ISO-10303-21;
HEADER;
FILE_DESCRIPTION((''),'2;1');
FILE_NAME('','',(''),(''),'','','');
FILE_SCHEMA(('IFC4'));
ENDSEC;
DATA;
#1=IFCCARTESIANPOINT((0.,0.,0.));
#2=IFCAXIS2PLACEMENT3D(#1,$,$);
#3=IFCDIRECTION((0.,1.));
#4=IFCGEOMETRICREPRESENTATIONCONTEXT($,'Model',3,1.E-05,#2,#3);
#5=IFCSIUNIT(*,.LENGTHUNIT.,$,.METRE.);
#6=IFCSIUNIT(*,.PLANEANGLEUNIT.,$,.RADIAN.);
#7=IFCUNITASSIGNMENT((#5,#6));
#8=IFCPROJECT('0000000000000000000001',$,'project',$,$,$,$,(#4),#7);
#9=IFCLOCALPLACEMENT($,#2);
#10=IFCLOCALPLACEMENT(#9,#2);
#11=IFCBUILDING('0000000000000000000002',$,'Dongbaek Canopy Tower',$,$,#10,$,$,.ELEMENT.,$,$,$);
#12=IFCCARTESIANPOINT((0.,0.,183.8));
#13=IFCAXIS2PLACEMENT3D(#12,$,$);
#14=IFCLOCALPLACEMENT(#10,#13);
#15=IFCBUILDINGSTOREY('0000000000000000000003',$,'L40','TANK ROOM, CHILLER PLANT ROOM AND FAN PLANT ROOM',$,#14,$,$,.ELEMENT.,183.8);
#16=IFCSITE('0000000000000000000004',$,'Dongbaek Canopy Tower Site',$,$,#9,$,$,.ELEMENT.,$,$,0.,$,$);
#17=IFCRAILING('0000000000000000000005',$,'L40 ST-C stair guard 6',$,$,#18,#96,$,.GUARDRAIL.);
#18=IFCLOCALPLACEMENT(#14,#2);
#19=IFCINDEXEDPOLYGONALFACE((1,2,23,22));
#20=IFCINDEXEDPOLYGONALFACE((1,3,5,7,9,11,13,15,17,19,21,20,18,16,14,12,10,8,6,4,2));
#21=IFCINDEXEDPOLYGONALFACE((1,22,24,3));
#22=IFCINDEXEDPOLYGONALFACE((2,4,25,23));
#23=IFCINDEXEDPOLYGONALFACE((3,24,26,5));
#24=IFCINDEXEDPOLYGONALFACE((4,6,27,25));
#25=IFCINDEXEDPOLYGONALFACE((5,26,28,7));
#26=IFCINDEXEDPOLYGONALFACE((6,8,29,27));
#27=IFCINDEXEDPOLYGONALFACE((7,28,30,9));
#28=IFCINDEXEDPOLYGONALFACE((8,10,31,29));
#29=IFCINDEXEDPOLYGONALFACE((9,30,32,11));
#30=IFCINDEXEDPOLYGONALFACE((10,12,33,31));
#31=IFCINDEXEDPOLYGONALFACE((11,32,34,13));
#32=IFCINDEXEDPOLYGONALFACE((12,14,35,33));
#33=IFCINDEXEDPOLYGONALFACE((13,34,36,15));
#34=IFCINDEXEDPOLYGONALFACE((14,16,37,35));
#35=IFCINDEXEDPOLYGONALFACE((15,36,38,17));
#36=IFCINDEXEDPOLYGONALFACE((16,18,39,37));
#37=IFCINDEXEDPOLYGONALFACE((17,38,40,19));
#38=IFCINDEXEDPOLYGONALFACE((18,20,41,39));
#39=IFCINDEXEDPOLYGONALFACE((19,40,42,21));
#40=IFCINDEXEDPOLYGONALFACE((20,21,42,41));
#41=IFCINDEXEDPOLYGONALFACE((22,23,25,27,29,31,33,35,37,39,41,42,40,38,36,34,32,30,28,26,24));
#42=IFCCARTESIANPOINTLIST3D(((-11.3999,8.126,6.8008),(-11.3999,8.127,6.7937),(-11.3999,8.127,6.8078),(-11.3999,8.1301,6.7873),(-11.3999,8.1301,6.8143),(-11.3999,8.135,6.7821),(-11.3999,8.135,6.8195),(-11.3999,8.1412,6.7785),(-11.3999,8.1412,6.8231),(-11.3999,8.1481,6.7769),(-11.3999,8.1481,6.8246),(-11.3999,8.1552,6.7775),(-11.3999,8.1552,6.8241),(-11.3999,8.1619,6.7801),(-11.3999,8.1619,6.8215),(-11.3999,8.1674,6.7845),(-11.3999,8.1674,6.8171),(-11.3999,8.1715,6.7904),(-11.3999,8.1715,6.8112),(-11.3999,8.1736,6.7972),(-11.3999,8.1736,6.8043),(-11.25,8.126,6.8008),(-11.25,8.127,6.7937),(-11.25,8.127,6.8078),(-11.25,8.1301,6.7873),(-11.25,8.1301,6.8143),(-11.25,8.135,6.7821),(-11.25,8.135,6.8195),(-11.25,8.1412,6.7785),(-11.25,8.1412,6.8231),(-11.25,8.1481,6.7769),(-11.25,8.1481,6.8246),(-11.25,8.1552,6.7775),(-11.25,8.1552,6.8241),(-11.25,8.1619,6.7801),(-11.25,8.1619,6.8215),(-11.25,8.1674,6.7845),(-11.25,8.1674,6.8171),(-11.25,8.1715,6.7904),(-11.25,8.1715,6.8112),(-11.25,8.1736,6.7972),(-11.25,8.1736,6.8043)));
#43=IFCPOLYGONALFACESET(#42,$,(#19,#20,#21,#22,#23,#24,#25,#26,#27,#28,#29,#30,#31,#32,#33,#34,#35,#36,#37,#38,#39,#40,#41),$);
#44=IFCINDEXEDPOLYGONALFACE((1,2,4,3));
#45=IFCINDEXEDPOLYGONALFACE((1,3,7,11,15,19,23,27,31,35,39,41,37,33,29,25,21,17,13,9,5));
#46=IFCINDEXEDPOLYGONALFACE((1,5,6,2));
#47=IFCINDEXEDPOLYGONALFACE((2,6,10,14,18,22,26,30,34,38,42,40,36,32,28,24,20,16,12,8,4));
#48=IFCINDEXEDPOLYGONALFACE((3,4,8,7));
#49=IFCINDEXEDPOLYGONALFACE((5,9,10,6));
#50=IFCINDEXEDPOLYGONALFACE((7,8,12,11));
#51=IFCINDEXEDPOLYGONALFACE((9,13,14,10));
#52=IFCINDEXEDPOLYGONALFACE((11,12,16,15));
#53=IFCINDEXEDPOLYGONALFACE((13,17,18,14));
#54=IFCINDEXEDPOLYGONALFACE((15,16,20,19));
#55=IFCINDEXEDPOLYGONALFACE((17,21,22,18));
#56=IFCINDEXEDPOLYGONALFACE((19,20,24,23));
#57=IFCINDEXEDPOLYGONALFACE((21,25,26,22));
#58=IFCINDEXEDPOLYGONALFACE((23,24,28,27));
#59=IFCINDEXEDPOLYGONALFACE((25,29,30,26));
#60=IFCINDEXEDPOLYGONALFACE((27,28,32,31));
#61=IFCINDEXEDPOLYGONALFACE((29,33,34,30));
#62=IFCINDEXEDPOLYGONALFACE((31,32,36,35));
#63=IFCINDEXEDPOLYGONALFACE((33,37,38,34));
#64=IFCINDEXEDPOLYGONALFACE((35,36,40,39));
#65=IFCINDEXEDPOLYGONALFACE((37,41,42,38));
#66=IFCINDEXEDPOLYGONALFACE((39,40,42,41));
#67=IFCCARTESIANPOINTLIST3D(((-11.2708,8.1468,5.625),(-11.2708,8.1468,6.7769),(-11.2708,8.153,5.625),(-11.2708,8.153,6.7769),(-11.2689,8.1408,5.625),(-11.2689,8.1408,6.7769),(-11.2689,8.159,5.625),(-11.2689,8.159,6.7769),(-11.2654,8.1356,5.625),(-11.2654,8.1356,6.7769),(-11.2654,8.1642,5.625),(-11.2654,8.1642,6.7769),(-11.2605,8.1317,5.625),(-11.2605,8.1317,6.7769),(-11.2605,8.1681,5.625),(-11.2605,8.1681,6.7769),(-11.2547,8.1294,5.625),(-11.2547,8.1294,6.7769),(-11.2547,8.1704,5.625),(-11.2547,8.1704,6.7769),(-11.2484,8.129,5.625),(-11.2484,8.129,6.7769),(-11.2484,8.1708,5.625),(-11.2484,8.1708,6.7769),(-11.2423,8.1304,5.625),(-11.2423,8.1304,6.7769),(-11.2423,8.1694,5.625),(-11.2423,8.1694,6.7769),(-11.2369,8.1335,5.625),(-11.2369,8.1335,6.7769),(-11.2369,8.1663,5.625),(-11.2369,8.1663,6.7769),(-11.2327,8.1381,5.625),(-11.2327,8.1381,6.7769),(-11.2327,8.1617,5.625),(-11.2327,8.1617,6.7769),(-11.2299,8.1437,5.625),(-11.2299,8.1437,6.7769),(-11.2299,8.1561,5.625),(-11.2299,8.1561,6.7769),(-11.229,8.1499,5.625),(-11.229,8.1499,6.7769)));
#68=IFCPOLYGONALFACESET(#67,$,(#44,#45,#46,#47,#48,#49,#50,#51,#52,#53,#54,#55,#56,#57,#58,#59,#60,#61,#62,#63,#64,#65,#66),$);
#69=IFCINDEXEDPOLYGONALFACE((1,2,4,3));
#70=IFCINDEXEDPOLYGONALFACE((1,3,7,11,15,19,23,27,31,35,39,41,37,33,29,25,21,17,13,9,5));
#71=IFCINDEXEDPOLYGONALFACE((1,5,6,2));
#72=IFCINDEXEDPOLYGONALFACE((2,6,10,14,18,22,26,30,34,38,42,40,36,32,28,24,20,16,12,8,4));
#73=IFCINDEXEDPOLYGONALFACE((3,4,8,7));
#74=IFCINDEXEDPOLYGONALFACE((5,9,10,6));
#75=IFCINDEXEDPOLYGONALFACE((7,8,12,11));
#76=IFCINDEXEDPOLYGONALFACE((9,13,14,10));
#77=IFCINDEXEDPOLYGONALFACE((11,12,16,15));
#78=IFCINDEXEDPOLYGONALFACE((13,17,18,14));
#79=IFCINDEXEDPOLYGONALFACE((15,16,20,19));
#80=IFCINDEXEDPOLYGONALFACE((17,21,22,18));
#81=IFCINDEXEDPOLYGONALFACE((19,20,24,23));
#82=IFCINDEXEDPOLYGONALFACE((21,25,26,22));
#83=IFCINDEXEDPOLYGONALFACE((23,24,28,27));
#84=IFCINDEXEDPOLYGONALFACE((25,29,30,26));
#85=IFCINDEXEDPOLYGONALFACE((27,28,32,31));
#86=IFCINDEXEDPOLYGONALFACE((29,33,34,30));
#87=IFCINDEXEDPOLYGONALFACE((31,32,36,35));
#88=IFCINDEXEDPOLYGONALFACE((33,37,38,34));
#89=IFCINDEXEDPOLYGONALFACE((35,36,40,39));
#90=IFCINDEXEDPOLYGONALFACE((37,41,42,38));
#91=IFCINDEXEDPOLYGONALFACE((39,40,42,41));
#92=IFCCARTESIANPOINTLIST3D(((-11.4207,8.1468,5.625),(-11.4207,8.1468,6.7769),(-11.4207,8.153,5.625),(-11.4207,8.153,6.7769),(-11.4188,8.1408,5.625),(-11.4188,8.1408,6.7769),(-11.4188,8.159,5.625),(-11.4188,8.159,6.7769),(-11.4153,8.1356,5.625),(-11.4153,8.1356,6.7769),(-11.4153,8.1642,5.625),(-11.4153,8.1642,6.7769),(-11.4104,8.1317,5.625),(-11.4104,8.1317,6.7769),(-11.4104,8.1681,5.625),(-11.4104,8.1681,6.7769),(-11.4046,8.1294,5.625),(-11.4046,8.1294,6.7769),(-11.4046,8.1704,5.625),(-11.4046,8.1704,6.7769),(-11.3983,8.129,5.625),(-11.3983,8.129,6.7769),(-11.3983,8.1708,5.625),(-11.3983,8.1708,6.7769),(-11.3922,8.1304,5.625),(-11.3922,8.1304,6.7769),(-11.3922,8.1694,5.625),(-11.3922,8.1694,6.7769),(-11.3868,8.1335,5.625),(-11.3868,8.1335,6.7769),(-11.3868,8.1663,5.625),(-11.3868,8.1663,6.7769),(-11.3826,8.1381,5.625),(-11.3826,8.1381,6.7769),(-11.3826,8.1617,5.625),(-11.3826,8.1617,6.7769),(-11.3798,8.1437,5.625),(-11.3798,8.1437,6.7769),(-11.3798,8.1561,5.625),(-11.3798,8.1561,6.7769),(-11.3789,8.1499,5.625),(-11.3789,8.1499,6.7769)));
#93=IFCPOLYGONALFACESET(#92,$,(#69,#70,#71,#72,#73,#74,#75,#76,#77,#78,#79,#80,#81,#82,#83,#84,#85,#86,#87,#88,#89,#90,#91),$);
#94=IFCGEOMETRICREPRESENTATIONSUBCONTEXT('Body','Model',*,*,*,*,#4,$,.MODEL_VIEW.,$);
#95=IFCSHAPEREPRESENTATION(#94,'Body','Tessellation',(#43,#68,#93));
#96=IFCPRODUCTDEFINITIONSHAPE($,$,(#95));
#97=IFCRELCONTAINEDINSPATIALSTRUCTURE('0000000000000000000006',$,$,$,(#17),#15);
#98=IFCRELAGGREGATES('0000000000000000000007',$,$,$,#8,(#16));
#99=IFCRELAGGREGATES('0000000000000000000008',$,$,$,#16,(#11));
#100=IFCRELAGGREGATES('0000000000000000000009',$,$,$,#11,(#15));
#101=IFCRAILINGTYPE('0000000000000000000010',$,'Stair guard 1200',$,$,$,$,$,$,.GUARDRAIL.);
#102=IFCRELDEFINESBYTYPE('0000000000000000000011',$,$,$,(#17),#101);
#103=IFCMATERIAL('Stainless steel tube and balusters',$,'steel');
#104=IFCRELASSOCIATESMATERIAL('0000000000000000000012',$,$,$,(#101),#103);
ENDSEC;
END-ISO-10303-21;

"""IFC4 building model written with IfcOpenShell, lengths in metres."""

from ifc_helpers import new_model, si_unit, direction, frame, origin, origin_2d, place, context, subcontext, project, spatial, circle, extrude, material, type_object, element, save


model = new_model("IFC4")

# Units and contexts
model_context = context("Model", 3, precision=1e-05, world=origin(), true_north=direction((0.0, 1.0)))
body_context = subcontext(model_context, "Body", "Model", "MODEL_VIEW")
ifc_project = project(units=[si_unit("LENGTHUNIT", "METRE"), si_unit("PLANEANGLEUNIT", "RADIAN")], contexts=[model_context])

# Site, building, storey
site_placement = place(None, origin())
site = spatial("IfcSite", under=ifc_project, at=site_placement, Name="Dongbaek Canopy Tower Site", CompositionType="ELEMENT", RefElevation=0.0)
building_placement = place(site_placement, origin())
building = spatial("IfcBuilding", under=site, at=building_placement, Name="Dongbaek Canopy Tower", CompositionType="ELEMENT")
storey_placement = place(building_placement, frame((0.0, 0.0, 183.8)))
storey = spatial("IfcBuildingStorey", under=building, at=storey_placement, Name="L40", Description="TANK ROOM, CHILLER PLANT ROOM AND FAN PLANT ROOM", CompositionType="ELEMENT", Elevation=183.8)

# Railing
ifc_material_1 = material(Name="Stainless steel tube and balusters", Category="steel")
railing_type_1 = type_object("IfcRailingType", Name="Stair guard 1200", PredefinedType="GUARDRAIL", material=ifc_material_1)
railing_1_placement = place(storey_placement, frame((-11.25, 8.1499, 5.625)))
element("IfcRailing", 1, at=railing_1_placement, inside=storey, type_object=railing_type_1, Name="L40 ST-C stair guard 6", PredefinedType="GUARDRAIL", context=body_context, shape_type="SweptSolid", body=[
    extrude(circle(Radius=0.0239, at=origin_2d()), frame((0.0, 0.0, 1.1758), z_axis=(-1.0, 0.0, 0.0), x_axis=(0.0, -1.0, 0.0)), (0.0, 0.0, 1.0), 0.1499),
    extrude(circle(Radius=0.021, at=origin_2d()), origin(), (0.0, 0.0, 1.0), 1.1519),
    extrude(circle(Radius=0.021, at=origin_2d()), frame((-0.1499, 0.0, 0.0)), (0.0, 0.0, 1.0), 1.1519),
])

save(model, "model.ifc")
